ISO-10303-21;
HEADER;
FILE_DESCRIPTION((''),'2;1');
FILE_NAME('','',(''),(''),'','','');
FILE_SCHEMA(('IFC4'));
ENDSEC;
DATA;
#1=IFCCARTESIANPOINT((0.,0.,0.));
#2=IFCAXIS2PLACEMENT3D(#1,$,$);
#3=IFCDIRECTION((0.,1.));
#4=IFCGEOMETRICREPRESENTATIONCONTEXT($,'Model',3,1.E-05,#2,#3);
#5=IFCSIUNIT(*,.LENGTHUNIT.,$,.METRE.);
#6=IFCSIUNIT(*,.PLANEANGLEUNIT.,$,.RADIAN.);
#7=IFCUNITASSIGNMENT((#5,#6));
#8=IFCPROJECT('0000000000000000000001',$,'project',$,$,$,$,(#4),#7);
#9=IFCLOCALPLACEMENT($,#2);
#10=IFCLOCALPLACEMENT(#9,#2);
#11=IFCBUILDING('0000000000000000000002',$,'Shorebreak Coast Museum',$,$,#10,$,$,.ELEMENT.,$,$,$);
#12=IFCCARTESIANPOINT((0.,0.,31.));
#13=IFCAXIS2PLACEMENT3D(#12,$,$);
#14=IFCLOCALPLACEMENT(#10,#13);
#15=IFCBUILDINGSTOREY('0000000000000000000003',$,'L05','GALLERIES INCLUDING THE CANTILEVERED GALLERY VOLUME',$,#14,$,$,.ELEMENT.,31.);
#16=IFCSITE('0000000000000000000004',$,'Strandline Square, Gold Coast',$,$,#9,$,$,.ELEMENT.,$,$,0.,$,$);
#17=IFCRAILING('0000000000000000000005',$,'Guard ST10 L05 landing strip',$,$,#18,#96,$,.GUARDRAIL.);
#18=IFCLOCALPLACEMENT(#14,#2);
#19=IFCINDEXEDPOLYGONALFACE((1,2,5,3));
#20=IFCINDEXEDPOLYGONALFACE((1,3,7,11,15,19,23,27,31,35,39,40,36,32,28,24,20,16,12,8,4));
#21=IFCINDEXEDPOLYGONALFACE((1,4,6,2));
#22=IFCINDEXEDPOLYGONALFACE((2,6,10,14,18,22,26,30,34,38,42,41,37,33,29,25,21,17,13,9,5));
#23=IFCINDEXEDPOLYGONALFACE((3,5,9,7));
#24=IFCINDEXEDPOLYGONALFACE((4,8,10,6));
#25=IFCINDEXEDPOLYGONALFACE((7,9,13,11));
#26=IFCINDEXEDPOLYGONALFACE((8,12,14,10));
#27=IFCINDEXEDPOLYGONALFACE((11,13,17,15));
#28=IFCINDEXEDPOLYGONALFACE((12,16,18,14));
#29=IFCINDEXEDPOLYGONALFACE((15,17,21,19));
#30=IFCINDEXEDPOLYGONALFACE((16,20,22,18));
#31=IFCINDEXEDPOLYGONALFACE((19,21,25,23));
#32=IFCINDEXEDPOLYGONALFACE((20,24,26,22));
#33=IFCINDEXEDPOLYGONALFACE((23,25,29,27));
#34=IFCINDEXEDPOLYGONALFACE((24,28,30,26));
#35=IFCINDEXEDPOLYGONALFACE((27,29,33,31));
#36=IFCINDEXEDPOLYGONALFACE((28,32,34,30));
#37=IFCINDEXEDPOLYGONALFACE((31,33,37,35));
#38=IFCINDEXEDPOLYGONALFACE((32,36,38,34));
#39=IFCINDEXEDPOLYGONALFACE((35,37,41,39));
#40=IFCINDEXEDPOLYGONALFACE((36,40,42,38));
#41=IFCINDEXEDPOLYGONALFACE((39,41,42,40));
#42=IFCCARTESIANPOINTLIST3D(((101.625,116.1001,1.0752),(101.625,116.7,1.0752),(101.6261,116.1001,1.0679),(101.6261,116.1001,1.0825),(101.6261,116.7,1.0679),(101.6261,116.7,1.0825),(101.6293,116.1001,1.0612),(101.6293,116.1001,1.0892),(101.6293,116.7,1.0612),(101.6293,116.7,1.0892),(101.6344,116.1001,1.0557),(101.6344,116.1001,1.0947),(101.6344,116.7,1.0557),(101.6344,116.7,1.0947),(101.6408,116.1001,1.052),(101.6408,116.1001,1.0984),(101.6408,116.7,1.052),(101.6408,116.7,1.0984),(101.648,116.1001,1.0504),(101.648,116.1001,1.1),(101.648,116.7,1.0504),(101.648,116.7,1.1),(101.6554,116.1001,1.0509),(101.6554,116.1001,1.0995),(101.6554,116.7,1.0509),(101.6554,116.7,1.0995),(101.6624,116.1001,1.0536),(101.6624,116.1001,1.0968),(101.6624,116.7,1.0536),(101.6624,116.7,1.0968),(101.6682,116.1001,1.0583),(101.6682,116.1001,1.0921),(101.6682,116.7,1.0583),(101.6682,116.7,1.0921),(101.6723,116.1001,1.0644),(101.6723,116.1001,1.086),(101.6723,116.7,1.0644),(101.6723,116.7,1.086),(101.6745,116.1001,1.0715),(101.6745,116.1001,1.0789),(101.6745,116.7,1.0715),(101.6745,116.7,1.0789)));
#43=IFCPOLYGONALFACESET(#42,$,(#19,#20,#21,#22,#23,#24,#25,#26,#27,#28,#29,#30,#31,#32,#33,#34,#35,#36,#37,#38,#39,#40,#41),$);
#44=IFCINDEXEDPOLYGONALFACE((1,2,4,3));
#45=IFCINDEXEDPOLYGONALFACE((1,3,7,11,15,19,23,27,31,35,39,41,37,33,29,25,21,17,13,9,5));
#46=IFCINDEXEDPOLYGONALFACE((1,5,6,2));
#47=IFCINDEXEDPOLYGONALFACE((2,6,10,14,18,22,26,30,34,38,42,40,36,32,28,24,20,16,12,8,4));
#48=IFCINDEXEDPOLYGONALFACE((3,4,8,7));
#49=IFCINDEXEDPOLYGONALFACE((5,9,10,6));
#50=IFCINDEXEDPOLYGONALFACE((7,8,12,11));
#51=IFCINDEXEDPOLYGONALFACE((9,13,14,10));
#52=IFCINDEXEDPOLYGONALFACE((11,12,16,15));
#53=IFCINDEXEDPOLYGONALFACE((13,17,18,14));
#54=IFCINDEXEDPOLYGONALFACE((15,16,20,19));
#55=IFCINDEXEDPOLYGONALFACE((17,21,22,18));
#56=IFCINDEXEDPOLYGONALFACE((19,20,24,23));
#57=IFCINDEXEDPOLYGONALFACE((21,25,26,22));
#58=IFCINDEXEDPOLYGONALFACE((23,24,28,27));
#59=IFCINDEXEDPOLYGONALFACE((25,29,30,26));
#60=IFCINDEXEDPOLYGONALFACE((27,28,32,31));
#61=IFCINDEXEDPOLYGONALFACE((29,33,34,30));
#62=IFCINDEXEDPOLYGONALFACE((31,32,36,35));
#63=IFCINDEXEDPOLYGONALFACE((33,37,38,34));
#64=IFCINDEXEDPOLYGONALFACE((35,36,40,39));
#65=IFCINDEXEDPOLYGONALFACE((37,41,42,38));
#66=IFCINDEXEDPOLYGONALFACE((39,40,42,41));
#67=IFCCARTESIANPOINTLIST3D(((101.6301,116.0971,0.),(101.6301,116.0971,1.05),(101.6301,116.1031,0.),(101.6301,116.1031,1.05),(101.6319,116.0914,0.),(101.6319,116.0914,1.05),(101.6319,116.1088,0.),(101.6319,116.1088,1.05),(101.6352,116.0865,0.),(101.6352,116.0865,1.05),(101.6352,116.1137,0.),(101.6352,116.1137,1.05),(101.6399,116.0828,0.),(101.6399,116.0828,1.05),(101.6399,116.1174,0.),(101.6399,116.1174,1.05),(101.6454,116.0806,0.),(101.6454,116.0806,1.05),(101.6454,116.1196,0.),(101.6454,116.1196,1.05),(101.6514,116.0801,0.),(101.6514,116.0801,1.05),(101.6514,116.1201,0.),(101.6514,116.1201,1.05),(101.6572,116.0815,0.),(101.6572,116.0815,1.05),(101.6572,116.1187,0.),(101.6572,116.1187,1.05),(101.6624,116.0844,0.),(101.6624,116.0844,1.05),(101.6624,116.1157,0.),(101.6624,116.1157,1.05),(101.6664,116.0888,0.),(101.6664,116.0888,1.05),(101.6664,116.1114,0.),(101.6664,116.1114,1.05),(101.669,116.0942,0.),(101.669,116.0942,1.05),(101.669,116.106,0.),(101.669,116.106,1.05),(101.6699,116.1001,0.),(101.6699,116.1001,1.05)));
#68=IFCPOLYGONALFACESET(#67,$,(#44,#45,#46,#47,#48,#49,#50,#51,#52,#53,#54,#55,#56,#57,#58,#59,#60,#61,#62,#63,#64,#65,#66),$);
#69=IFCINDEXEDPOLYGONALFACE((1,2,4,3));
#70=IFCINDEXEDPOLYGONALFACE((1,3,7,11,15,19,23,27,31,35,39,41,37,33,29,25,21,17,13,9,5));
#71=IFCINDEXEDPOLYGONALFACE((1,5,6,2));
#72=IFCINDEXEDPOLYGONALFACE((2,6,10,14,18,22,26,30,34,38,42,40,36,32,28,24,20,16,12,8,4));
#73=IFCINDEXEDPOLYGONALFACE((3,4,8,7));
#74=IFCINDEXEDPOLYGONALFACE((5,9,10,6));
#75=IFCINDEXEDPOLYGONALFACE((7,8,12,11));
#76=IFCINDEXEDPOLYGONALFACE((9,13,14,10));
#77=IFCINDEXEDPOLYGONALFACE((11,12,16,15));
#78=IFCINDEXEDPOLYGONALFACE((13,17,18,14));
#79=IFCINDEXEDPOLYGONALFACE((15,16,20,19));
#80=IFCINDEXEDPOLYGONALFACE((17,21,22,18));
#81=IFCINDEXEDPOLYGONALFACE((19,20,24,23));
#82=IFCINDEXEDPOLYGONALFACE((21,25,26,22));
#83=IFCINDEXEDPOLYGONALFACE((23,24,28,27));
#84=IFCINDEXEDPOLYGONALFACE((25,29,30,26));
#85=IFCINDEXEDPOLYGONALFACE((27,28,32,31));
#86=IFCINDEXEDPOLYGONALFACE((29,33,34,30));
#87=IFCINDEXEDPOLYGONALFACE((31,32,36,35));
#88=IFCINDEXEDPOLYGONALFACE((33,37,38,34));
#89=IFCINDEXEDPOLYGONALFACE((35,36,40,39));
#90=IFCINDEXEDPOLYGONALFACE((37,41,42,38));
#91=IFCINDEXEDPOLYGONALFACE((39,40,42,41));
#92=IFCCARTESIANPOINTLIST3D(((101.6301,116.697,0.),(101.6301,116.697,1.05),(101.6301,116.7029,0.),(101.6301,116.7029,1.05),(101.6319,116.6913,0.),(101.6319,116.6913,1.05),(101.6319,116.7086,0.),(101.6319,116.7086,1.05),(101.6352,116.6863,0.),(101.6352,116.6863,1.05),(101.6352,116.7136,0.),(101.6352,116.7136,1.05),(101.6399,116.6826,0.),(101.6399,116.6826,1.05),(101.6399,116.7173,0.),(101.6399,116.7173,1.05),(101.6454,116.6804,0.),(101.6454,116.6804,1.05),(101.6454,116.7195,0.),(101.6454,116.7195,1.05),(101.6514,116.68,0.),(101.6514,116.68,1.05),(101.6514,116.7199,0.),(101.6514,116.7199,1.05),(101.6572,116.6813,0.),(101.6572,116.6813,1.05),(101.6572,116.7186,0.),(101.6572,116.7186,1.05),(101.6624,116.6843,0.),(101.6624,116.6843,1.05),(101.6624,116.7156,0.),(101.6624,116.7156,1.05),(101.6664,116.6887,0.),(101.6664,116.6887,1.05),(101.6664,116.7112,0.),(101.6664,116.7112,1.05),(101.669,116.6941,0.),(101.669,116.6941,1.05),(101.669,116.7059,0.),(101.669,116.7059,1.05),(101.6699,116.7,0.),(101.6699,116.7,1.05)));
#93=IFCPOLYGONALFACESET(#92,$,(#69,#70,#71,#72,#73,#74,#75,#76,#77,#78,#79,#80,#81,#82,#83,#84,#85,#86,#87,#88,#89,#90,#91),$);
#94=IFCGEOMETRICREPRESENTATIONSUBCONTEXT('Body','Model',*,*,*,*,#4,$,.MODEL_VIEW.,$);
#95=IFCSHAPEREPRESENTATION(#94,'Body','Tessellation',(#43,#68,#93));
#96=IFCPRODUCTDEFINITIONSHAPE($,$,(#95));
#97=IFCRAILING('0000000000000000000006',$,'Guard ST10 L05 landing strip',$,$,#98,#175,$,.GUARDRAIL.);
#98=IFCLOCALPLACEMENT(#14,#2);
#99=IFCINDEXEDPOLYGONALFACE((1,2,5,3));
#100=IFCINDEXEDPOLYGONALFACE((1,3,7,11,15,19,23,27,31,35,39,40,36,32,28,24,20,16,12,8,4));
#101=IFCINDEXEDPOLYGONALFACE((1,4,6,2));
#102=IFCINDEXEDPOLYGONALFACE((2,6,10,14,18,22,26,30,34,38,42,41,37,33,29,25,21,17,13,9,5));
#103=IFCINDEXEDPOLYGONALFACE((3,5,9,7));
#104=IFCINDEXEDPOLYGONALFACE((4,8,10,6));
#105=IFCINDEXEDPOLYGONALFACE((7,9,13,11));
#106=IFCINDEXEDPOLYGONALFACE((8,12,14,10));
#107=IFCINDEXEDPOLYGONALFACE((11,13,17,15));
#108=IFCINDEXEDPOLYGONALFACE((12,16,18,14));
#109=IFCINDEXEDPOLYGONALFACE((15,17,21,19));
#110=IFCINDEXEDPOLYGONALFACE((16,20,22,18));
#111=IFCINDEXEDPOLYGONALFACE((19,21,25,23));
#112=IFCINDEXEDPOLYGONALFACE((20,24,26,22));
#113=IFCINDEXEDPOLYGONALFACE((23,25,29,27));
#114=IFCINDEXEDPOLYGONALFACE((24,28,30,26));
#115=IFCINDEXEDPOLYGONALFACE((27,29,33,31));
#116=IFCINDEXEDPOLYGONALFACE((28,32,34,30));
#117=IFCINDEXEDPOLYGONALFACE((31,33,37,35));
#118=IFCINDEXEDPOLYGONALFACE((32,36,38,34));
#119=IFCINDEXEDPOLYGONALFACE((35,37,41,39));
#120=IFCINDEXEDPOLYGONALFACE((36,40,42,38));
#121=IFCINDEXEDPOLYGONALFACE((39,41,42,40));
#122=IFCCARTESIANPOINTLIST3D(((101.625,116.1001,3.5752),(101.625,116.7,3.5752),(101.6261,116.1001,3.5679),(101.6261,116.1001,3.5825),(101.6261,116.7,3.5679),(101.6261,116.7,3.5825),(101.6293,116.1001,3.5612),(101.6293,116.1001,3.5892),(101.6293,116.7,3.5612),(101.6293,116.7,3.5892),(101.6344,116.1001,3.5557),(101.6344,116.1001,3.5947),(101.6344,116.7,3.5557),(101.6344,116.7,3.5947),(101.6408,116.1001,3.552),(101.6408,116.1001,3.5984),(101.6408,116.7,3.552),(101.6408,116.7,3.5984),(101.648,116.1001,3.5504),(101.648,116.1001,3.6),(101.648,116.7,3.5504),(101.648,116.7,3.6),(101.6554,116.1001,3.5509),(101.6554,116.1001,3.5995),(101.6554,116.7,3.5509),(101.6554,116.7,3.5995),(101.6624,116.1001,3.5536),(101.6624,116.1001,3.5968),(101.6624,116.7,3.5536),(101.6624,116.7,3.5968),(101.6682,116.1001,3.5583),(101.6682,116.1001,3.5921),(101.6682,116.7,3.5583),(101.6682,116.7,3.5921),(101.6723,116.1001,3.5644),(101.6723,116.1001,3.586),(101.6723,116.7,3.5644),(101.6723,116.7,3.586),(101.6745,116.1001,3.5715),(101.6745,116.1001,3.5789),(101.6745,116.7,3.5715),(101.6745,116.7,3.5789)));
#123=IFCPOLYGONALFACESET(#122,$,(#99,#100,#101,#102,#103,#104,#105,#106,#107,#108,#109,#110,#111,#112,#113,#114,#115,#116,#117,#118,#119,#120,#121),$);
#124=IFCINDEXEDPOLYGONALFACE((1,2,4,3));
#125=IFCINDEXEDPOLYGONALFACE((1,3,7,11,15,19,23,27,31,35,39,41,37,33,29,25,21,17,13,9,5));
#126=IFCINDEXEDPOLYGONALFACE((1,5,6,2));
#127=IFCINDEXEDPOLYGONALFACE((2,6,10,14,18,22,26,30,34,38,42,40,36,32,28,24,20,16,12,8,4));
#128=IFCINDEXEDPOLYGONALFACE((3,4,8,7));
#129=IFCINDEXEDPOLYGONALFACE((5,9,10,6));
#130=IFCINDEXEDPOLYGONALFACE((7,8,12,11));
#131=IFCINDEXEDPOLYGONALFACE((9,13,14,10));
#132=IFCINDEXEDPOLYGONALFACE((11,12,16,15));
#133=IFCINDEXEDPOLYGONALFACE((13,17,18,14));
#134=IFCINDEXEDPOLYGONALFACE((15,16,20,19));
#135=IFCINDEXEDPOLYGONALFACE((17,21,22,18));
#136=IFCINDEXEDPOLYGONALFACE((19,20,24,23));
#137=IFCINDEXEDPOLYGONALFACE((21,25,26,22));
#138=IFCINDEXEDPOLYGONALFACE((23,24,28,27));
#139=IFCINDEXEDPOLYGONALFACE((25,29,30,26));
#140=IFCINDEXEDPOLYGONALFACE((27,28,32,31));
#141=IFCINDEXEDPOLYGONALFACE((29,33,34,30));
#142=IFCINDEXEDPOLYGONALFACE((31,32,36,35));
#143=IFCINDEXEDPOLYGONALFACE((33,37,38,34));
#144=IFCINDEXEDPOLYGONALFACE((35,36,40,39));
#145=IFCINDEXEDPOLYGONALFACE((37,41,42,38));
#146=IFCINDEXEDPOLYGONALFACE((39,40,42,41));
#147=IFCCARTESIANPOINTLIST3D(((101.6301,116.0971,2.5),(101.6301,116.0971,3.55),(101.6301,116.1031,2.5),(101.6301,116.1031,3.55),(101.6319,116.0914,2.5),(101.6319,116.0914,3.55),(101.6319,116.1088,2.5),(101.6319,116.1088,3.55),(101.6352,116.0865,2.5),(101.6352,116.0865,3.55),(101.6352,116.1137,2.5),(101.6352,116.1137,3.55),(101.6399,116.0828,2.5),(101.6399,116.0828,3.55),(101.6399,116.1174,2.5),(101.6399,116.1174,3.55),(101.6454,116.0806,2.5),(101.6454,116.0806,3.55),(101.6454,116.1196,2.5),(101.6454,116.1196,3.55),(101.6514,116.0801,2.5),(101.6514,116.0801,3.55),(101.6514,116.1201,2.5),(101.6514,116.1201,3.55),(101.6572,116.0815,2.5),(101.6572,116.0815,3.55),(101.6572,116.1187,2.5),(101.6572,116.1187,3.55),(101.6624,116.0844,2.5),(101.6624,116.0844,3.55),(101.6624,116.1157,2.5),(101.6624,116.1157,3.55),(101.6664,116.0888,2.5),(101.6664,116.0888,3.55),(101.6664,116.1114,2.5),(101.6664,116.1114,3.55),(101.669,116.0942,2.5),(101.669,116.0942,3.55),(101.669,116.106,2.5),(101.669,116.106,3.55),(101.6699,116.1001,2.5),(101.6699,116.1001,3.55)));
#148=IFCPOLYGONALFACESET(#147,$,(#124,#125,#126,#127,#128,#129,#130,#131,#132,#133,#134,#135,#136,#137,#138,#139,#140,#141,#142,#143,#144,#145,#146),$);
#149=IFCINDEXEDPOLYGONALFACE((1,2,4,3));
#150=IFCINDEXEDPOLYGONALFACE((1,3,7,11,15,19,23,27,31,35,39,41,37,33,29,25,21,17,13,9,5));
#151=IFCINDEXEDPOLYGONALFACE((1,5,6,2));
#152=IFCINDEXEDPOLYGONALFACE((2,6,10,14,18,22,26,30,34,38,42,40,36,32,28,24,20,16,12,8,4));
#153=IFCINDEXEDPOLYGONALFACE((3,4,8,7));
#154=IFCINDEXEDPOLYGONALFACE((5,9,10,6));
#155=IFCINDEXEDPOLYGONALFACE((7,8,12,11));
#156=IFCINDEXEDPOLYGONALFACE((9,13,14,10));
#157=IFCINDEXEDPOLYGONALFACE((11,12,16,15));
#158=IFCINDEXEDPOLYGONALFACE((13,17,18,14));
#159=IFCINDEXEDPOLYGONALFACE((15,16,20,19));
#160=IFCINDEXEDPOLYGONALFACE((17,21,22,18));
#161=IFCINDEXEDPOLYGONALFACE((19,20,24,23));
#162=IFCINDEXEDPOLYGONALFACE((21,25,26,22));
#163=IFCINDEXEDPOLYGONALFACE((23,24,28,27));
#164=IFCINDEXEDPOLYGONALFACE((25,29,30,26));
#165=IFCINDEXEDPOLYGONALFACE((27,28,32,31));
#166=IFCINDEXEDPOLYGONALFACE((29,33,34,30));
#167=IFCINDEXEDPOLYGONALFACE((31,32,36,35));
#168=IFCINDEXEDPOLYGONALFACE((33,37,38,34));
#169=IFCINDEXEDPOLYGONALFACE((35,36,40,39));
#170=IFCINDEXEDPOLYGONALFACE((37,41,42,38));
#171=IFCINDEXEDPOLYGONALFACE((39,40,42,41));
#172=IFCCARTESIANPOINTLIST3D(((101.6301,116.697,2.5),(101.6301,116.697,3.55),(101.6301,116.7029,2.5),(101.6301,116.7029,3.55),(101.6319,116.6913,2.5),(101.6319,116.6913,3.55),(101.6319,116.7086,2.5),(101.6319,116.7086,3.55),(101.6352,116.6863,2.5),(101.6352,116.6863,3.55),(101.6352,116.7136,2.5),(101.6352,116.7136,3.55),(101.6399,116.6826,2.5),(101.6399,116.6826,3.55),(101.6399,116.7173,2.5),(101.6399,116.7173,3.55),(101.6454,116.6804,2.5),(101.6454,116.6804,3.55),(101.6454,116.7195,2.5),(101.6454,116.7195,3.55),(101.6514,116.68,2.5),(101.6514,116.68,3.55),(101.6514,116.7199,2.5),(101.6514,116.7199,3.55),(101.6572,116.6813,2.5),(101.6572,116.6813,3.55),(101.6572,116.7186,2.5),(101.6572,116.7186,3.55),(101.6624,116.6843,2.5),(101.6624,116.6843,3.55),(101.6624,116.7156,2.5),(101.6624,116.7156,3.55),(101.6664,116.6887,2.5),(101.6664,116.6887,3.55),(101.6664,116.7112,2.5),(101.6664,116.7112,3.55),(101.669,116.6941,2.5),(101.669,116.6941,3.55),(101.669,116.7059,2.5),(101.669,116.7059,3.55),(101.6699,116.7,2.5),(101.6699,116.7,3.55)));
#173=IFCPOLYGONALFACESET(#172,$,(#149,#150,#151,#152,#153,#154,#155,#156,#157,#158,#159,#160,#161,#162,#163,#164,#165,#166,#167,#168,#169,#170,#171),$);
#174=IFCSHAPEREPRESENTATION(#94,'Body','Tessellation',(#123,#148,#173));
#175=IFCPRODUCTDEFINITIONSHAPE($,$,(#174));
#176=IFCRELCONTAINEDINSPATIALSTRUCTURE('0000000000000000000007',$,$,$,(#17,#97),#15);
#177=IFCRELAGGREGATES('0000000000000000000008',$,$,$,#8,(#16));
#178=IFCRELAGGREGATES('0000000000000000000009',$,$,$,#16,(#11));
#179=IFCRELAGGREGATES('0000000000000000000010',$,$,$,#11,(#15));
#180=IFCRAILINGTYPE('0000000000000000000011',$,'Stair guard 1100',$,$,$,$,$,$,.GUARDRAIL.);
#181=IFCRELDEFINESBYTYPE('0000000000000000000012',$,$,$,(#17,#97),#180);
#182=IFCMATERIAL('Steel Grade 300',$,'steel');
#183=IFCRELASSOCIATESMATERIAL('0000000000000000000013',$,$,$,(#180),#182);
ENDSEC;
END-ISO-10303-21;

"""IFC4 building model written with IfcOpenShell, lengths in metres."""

from ifc_helpers import new_model, si_unit, direction, frame, origin, origin_2d, place, context, subcontext, project, spatial, circle, extrude, material, type_object, element, save


model = new_model("IFC4")

# Units and contexts
model_context = context("Model", 3, precision=1e-05, world=origin(), true_north=direction((0.0, 1.0)))
body_context = subcontext(model_context, "Body", "Model", "MODEL_VIEW")
ifc_project = project(units=[si_unit("LENGTHUNIT", "METRE"), si_unit("PLANEANGLEUNIT", "RADIAN")], contexts=[model_context])

# Site, building, storey
site_placement = place(None, origin())
site = spatial("IfcSite", under=ifc_project, at=site_placement, Name="Strandline Square, Gold Coast", CompositionType="ELEMENT", RefElevation=0.0)
building_placement = place(site_placement, origin())
building = spatial("IfcBuilding", under=site, at=building_placement, Name="Shorebreak Coast Museum", CompositionType="ELEMENT")
storey_placement = place(building_placement, frame((0.0, 0.0, 31.0)))
storey = spatial("IfcBuildingStorey", under=building, at=storey_placement, Name="L05", Description="GALLERIES INCLUDING THE CANTILEVERED GALLERY VOLUME", CompositionType="ELEMENT", Elevation=31.0)

# Railings
ifc_material_1 = material(Name="Steel Grade 300", Category="steel")
railing_type_1 = type_object("IfcRailingType", Name="Stair guard 1100", PredefinedType="GUARDRAIL", material=ifc_material_1)
for number, where, name in (
    (1, (101.6499, 116.1001, 0.0), "Guard ST10 L05 landing strip"),
    (2, (101.6499, 116.1001, 2.5), "Guard ST10 L05 landing strip"),
):
    element("IfcRailing", number, at=place(storey_placement, frame(where)), inside=storey, type_object=railing_type_1, Name=name, PredefinedType="GUARDRAIL", context=body_context, shape_type="SweptSolid", body=[
        extrude(circle(Radius=0.0249, at=origin_2d()), frame((0.0, 0.0, 1.0752), z_axis=(0.0, 1.0, 0.0), x_axis=(-1.0, 0.0, 0.0)), (0.0, 0.0, 1.0), 0.5999),
        extrude(circle(Radius=0.02, at=origin_2d()), origin(), (0.0, 0.0, 1.0), 1.05),
        extrude(circle(Radius=0.02, at=origin_2d()), frame((0.0, 0.5999, 0.0)), (0.0, 0.0, 1.0), 1.05),
    ])

save(model, "model.ifc")
